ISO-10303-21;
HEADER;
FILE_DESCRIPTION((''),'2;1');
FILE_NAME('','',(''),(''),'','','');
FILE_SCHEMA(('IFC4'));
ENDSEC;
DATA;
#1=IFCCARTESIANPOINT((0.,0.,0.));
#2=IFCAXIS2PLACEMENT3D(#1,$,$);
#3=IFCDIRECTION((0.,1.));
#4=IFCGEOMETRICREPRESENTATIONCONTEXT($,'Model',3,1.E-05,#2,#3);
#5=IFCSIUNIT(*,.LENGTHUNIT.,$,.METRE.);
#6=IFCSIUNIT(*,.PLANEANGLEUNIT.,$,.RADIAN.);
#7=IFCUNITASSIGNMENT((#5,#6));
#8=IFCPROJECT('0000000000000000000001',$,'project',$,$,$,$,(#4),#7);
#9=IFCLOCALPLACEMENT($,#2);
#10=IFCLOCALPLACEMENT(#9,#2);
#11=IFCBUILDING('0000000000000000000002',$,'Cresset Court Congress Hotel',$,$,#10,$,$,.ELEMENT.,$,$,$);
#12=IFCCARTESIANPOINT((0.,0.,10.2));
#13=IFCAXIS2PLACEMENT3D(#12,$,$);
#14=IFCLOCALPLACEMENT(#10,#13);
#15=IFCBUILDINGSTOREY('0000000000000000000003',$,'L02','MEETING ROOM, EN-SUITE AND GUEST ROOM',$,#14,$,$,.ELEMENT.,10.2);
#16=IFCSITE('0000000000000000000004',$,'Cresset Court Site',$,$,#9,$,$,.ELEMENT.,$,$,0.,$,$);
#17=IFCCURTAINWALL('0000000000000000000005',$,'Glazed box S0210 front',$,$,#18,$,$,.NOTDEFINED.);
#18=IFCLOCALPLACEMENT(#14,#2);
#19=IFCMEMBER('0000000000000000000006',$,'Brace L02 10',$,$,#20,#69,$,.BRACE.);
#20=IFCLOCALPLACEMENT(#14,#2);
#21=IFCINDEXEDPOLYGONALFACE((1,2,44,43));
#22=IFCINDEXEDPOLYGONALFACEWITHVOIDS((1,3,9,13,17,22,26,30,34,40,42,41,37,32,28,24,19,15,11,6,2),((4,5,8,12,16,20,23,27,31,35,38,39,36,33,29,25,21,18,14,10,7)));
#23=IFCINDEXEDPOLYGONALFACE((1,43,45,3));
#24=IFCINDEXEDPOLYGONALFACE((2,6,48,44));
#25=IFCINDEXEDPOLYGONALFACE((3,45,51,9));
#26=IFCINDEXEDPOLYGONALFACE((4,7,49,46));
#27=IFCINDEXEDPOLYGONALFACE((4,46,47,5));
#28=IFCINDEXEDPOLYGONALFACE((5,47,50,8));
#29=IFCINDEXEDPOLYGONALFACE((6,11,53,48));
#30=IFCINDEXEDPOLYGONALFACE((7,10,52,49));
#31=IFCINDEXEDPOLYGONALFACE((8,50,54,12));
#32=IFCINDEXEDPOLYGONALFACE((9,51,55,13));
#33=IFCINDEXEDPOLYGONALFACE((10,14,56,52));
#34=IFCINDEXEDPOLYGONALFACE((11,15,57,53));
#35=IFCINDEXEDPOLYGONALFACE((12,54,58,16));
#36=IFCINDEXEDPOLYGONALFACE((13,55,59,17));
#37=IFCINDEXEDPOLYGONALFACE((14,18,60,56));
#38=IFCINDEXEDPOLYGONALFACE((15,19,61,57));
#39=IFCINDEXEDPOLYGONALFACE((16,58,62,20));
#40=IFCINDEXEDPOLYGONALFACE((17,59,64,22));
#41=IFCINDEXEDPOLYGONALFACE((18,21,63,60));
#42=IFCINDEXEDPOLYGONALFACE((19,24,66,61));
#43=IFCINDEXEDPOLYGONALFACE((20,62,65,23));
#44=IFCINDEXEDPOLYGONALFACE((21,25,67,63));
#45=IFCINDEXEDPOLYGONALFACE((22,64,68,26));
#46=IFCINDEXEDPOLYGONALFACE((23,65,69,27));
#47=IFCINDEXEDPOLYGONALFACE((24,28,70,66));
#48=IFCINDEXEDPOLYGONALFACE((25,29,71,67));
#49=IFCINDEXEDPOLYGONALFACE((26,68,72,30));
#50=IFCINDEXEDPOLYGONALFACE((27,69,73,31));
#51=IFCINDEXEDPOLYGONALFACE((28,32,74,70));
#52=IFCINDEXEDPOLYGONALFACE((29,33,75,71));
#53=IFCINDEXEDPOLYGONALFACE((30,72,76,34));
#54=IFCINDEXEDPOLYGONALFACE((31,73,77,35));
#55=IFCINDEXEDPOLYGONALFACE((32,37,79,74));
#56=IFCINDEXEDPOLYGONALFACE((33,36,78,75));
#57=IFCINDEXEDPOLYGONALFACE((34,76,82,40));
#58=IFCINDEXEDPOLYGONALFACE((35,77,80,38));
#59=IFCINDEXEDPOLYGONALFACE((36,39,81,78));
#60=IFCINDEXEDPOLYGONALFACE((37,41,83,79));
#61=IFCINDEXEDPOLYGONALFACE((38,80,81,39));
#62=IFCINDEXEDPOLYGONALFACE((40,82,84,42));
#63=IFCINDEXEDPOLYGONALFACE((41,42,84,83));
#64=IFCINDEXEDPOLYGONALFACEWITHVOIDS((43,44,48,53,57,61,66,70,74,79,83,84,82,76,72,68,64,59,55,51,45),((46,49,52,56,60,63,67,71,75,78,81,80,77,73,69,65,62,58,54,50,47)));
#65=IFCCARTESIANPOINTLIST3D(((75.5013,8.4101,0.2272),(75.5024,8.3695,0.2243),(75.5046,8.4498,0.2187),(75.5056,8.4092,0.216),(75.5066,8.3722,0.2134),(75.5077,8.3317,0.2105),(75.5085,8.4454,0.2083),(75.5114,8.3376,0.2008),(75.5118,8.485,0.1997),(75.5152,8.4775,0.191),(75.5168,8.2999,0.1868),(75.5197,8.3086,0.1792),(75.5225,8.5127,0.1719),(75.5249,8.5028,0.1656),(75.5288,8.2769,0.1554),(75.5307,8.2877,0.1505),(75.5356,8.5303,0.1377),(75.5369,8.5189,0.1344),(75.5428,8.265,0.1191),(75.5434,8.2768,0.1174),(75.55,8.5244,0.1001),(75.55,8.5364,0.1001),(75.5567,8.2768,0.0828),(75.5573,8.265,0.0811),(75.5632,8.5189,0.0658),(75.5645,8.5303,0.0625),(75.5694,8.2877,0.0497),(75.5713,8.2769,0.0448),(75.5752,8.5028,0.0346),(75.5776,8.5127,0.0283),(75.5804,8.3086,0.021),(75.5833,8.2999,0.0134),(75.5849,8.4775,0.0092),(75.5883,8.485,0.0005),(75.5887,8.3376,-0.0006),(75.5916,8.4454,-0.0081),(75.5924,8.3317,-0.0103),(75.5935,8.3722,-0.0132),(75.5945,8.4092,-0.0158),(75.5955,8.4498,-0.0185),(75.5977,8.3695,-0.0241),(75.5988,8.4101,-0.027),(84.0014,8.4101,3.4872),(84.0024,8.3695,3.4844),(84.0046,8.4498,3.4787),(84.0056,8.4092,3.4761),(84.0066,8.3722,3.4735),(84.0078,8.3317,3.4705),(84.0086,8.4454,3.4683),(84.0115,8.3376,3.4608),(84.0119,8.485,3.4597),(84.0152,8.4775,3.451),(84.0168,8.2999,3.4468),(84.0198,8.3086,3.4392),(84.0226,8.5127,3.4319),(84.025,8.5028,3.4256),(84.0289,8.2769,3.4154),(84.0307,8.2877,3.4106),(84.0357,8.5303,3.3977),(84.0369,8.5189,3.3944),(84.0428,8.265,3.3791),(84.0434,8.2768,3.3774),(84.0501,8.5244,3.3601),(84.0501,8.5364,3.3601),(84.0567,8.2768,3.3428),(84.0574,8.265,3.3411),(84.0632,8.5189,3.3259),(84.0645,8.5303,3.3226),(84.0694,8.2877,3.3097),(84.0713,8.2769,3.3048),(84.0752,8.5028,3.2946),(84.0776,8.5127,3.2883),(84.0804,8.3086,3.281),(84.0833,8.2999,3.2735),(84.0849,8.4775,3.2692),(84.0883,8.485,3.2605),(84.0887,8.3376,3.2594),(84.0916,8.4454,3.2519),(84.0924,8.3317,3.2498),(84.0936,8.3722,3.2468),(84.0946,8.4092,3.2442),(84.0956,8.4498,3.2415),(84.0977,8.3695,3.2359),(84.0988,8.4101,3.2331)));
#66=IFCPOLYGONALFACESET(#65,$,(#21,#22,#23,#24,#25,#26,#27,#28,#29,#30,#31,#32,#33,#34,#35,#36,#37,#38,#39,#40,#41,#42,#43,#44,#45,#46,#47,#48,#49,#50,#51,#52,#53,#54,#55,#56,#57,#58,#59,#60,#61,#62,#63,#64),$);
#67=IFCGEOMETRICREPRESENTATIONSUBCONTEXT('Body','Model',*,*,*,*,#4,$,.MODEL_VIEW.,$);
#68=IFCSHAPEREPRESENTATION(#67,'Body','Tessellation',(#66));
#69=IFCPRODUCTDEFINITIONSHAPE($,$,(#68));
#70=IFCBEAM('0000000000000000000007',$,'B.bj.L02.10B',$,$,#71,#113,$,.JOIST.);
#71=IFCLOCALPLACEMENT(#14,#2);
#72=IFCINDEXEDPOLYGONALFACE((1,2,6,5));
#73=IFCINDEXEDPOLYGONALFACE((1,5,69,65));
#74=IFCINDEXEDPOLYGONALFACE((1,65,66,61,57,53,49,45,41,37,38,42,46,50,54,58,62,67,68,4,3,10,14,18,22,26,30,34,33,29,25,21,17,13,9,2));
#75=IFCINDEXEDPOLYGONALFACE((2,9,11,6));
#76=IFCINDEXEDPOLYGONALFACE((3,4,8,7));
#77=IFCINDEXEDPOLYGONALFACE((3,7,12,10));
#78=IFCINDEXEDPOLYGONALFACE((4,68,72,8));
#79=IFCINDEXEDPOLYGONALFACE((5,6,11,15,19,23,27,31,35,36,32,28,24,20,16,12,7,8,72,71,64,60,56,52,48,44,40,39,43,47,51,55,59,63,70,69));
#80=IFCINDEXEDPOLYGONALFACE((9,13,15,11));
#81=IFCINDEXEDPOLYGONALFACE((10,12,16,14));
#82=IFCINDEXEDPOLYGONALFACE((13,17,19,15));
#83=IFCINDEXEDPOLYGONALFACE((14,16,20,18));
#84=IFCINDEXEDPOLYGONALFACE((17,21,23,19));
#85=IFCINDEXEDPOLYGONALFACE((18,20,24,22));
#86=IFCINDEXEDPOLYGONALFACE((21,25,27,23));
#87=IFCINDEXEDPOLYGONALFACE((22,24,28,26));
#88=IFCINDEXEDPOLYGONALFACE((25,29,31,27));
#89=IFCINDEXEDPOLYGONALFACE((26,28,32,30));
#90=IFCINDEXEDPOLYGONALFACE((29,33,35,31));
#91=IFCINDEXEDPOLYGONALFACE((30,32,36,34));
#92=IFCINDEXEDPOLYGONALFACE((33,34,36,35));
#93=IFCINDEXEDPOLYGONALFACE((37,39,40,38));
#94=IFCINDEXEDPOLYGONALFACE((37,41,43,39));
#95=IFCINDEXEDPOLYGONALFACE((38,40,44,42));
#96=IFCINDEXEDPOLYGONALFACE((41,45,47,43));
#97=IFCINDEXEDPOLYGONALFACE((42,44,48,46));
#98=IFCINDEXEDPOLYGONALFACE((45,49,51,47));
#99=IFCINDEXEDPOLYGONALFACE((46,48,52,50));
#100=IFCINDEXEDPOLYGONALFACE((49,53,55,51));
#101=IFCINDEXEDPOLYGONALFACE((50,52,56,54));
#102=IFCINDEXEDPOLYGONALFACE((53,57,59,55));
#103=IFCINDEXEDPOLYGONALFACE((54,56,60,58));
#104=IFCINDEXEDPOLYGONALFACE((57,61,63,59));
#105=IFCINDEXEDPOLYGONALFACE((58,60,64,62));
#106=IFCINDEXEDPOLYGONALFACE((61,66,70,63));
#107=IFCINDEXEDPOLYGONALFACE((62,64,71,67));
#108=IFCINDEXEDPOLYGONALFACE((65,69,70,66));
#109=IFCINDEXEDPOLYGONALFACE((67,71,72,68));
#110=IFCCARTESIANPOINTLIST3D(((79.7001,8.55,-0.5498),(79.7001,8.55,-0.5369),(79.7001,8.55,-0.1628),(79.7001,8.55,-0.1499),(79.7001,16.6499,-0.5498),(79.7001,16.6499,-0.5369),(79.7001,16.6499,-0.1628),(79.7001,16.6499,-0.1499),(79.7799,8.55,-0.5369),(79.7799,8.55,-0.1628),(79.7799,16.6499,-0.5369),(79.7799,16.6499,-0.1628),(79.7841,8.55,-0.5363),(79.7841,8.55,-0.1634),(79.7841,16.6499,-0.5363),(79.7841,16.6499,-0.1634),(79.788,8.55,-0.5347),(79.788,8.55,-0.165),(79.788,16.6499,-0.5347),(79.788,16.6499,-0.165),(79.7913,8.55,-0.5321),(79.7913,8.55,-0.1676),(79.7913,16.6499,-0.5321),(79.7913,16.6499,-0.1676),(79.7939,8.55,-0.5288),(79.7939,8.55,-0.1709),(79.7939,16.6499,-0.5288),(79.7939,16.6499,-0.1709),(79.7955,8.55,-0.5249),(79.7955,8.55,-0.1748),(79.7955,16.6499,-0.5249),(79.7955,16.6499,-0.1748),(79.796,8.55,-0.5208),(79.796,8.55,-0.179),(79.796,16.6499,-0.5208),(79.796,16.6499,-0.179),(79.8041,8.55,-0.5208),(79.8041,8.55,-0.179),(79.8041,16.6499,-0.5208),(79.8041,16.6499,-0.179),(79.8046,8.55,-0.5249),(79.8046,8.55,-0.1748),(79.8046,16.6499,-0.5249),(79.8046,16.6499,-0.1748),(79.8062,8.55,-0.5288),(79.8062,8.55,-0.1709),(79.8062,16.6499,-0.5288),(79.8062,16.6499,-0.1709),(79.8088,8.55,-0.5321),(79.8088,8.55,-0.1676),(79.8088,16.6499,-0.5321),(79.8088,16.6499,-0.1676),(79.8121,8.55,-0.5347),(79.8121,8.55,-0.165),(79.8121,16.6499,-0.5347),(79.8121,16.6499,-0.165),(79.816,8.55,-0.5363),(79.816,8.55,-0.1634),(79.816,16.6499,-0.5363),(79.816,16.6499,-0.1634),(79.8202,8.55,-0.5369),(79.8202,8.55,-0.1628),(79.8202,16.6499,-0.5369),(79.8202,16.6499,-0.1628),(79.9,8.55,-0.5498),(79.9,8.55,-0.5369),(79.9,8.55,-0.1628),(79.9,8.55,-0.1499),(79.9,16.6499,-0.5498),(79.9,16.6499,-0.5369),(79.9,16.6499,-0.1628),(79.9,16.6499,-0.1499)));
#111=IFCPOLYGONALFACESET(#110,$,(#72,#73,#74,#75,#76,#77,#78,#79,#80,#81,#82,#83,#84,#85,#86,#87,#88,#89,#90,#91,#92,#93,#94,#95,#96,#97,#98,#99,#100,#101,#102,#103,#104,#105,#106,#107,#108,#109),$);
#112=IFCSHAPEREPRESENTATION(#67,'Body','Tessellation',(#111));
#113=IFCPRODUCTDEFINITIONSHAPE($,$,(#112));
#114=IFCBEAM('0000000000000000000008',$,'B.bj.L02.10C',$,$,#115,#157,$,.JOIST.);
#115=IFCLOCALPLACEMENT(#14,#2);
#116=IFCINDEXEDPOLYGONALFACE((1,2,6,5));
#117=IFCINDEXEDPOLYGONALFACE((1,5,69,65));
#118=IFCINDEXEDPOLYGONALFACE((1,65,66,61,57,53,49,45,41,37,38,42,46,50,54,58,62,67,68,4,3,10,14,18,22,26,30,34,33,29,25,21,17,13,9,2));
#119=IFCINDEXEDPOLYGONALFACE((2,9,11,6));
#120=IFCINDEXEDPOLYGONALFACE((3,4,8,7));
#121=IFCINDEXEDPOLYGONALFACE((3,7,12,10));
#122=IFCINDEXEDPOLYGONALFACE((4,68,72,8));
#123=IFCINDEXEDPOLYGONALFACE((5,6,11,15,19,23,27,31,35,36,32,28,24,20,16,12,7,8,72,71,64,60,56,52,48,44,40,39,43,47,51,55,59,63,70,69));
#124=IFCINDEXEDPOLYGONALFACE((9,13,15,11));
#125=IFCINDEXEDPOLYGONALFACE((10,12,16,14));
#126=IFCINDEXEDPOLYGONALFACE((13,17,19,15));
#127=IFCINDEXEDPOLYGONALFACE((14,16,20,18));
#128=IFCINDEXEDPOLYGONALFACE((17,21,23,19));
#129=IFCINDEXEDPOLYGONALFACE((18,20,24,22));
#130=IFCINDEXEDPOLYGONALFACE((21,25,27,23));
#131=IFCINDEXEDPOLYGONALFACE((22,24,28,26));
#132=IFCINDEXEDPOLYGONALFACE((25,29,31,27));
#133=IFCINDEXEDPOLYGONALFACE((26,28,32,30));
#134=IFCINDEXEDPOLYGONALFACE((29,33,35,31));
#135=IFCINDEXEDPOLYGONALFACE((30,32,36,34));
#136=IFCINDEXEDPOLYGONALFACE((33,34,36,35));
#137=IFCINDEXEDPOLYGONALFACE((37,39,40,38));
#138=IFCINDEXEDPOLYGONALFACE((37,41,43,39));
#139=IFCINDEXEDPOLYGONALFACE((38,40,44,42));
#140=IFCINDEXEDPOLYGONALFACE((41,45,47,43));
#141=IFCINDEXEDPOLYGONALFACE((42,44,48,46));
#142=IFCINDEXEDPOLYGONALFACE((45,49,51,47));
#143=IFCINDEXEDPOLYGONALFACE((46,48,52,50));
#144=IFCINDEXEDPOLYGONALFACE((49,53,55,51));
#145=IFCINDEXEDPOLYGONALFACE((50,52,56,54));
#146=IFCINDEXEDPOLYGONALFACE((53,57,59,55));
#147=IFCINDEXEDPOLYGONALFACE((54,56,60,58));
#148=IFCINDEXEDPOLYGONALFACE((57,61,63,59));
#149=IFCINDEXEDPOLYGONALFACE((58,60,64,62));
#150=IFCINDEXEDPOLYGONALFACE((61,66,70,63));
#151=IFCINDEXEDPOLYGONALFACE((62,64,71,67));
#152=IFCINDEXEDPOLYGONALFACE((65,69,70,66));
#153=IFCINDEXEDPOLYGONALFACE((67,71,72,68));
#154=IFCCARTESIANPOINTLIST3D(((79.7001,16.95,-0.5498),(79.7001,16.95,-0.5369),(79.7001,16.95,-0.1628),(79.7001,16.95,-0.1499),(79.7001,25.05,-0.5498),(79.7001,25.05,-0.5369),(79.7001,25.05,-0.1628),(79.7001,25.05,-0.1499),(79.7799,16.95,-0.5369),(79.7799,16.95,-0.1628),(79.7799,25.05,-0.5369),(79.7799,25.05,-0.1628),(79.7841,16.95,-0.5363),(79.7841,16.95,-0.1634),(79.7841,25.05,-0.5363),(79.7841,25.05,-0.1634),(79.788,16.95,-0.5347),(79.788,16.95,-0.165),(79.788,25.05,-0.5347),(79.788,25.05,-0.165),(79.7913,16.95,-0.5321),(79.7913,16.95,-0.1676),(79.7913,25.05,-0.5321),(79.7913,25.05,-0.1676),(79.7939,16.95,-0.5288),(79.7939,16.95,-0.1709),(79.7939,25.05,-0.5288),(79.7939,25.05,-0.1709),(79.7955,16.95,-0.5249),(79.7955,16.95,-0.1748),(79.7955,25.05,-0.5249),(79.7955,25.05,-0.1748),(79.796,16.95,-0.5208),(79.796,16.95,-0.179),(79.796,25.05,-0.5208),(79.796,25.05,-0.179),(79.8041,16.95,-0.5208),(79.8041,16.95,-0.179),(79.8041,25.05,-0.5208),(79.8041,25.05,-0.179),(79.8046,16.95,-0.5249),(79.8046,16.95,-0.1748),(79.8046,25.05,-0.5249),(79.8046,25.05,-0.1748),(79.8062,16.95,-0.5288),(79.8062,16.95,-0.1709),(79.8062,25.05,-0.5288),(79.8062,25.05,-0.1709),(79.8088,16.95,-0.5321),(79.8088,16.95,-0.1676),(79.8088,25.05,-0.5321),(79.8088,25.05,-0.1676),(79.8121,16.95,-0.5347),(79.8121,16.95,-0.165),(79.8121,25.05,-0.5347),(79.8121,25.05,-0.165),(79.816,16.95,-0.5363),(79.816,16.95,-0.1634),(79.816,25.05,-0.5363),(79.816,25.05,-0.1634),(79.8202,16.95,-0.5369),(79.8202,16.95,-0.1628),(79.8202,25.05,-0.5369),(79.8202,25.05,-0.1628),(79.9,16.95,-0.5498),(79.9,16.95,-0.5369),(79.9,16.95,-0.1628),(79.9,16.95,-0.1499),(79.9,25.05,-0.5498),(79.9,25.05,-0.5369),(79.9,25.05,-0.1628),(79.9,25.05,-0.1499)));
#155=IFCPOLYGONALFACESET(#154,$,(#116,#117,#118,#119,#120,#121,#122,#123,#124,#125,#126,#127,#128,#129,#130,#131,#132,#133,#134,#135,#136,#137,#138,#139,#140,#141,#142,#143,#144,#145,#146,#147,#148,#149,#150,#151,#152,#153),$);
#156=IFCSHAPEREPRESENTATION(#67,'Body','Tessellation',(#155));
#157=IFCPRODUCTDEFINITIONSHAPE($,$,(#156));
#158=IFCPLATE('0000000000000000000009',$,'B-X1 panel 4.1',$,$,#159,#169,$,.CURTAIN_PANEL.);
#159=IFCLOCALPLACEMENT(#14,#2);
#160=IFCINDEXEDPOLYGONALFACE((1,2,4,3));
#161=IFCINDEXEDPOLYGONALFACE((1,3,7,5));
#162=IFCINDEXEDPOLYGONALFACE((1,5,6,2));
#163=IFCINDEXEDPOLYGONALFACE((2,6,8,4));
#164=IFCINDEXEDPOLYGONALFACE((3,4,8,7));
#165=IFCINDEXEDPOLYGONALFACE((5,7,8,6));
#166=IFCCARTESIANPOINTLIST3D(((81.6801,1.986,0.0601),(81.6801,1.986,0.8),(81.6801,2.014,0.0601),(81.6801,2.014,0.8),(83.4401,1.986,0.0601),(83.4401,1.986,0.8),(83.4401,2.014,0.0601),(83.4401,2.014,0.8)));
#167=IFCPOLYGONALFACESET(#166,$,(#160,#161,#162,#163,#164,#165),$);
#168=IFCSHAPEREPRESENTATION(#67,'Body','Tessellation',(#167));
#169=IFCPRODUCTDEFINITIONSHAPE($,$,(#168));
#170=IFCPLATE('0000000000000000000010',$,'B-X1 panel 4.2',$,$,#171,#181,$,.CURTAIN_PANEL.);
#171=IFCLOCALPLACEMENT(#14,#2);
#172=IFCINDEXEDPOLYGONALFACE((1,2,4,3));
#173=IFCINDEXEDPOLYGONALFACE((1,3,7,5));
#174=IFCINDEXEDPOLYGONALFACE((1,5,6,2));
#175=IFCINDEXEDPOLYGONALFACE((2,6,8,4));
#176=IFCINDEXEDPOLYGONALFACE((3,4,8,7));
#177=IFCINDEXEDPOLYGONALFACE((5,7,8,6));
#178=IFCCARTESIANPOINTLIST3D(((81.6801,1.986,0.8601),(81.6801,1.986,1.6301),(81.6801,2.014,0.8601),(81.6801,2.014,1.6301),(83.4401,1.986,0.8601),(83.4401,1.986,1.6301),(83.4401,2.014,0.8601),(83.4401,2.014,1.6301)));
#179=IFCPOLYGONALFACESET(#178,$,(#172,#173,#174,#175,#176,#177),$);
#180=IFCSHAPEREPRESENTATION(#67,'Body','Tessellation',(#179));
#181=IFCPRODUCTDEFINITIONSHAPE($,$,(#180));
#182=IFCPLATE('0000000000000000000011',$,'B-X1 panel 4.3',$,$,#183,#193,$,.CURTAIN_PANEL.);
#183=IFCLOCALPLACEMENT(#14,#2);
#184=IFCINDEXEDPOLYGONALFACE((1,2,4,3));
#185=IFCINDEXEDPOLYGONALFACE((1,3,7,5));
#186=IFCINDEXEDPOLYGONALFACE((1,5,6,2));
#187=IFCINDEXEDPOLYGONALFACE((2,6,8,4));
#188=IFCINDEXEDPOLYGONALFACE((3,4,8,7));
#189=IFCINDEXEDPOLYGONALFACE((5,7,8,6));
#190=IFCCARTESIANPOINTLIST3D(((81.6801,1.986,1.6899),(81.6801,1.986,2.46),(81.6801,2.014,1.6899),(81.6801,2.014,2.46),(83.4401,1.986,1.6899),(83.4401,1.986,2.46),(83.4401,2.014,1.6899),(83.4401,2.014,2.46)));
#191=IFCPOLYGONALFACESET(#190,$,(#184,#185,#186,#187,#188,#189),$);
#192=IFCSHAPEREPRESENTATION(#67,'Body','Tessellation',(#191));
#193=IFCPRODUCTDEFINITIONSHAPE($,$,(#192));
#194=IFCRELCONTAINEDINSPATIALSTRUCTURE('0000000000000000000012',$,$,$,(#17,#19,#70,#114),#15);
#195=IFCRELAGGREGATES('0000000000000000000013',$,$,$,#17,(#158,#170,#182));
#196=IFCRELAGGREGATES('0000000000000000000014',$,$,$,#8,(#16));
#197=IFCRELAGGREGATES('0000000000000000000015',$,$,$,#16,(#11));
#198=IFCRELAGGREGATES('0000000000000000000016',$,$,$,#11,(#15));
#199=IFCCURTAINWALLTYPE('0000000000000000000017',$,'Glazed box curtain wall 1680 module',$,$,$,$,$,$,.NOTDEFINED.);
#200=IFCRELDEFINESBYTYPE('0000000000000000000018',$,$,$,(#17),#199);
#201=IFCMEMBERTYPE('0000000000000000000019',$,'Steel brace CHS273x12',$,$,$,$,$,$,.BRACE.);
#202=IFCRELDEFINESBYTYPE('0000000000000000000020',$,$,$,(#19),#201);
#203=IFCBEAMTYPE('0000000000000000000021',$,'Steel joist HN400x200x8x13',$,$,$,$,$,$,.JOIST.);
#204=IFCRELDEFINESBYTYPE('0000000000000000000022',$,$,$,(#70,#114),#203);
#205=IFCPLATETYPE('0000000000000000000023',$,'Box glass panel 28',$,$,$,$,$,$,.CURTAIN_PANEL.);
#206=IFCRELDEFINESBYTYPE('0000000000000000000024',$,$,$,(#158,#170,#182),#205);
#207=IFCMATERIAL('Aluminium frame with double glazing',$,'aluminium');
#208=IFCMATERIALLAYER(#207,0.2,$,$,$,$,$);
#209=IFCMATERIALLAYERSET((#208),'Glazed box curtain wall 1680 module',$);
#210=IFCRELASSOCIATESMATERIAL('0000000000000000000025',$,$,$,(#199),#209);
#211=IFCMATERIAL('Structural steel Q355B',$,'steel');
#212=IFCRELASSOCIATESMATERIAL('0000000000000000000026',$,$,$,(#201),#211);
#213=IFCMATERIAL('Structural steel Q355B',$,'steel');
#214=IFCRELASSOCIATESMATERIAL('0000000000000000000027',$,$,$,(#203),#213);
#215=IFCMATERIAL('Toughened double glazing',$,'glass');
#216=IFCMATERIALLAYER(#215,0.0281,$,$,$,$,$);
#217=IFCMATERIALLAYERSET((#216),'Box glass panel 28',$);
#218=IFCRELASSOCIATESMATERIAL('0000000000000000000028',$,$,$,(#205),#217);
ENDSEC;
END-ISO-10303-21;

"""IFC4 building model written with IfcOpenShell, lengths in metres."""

from ifc_helpers import new_model, si_unit, direction, frame, origin, origin_2d, place, context, subcontext, project, spatial, rectangle, hollow_circle, i_section, extrude, material, layer, layer_set, material_profile, profile_set, type_object, element, aggregate, save


model = new_model("IFC4")

# Units and contexts
model_context = context("Model", 3, precision=1e-05, world=origin(), true_north=direction((0.0, 1.0)))
body_context = subcontext(model_context, "Body", "Model", "MODEL_VIEW")
ifc_project = project(units=[si_unit("LENGTHUNIT", "METRE"), si_unit("PLANEANGLEUNIT", "RADIAN")], contexts=[model_context])

# Site, building, storey
site_placement = place(None, origin())
site = spatial("IfcSite", under=ifc_project, at=site_placement, Name="Cresset Court Site", CompositionType="ELEMENT", RefElevation=0.0)
building_placement = place(site_placement, origin())
building = spatial("IfcBuilding", under=site, at=building_placement, Name="Cresset Court Congress Hotel", CompositionType="ELEMENT")
storey_placement = place(building_placement, frame((0.0, 0.0, 10.2)))
storey = spatial("IfcBuildingStorey", under=building, at=storey_placement, Name="L02", Description="MEETING ROOM, EN-SUITE AND GUEST ROOM", CompositionType="ELEMENT", Elevation=10.2)

# Curtain wall
ifc_material_1 = material(Name="Aluminium frame with double glazing", Category="aluminium")
ifc_layer_1 = layer(ifc_material_1, 0.2)
ifc_layer_set_1 = layer_set([ifc_layer_1], Name="Glazed box curtain wall 1680 module")
curtain_wall_type = type_object("IfcCurtainWallType", Name="Glazed box curtain wall 1680 module", PredefinedType="NOTDEFINED", material=ifc_layer_set_1)
curtain_wall_1_placement = place(storey_placement, origin())
curtain_wall_1 = element("IfcCurtainWall", 1, at=curtain_wall_1_placement, inside=storey, type_object=curtain_wall_type, Name="Glazed box S0210 front", PredefinedType="NOTDEFINED")

# Member
ifc_material_2 = material(Name="Structural steel Q355B", Category="steel")
ifc_material_profile_1 = material_profile(ifc_material_2, hollow_circle(Radius=0.1365, WallThickness=0.012, at=origin_2d()), Name="CHS273x12")
ifc_profile_set_1 = profile_set([ifc_material_profile_1], Name="Structural steel Q355B")
member_type_1 = type_object("IfcMemberType", Name="Steel brace CHS273x12", PredefinedType="BRACE", material=ifc_profile_set_1)
member_1_placement = place(storey_placement, frame((75.55, 8.3999, 0.1001), z_axis=(0.933685, 0.0, 0.358097), x_axis=(0.0, 1.0, 0.0)))
element("IfcMember", 2, at=member_1_placement, inside=storey, type_object=member_type_1, Name="Brace L02 10", PredefinedType="BRACE", context=body_context, shape_type="SweptSolid", body=[
    extrude(hollow_circle(Radius=0.1365, WallThickness=0.012, at=origin_2d()), origin(), (0.0, 0.0, 1.0), 9.1038),
])

# Beams
ifc_material_3 = material(Name="Structural steel Q355B", Category="steel")
ifc_material_profile_2 = material_profile(ifc_material_3, i_section(OverallWidth=0.2, OverallDepth=0.3999, WebThickness=0.0081, FlangeThickness=0.0129, FilletRadius=0.0161, at=origin_2d()), Name="HN400x200x8x13")
ifc_profile_set_2 = profile_set([ifc_material_profile_2], Name="Structural steel Q355B")
beam_type_1 = type_object("IfcBeamType", Name="Steel joist HN400x200x8x13", PredefinedType="JOIST", material=ifc_profile_set_2)
beam_1_placement = place(storey_placement, frame((79.8, 8.55, -0.3499), z_axis=(0.0, 1.0, 0.0), x_axis=(-1.0, 0.0, 0.0)))
element("IfcBeam", 3, at=beam_1_placement, inside=storey, type_object=beam_type_1, Name="B.bj.L02.10B", PredefinedType="JOIST", context=body_context, shape_type="SweptSolid", body=[
    extrude(i_section(OverallWidth=0.2, OverallDepth=0.3999, WebThickness=0.0081, FlangeThickness=0.0129, FilletRadius=0.0161, at=origin_2d()), origin(), (0.0, 0.0, 1.0), 8.0999),
])
beam_2_placement = place(storey_placement, frame((79.8, 16.95, -0.3499), z_axis=(0.0, 1.0, 0.0), x_axis=(-1.0, 0.0, 0.0)))
element("IfcBeam", 4, at=beam_2_placement, inside=storey, type_object=beam_type_1, Name="B.bj.L02.10C", PredefinedType="JOIST", context=body_context, shape_type="SweptSolid", body=[
    extrude(i_section(OverallWidth=0.2, OverallDepth=0.3999, WebThickness=0.0081, FlangeThickness=0.0129, FilletRadius=0.0161, at=origin_2d()), origin(), (0.0, 0.0, 1.0), 8.1001),
])

# Plates
ifc_material_4 = material(Name="Toughened double glazing", Category="glass")
ifc_layer_2 = layer(ifc_material_4, 0.0281)
ifc_layer_set_2 = layer_set([ifc_layer_2], Name="Box glass panel 28")
plate_type_1 = type_object("IfcPlateType", Name="Box glass panel 28", PredefinedType="CURTAIN_PANEL", material=ifc_layer_set_2)
plate_1_placement = place(storey_placement, frame((82.5601, 2.0, 0.0601), z_axis=(0.0, 0.0, 1.0), x_axis=(1.0, 0.0, 0.0)))
plate_1 = element("IfcPlate", 5, at=plate_1_placement, type_object=plate_type_1, Name="B-X1 panel 4.1", PredefinedType="CURTAIN_PANEL", context=body_context, shape_type="SweptSolid", body=[
    extrude(rectangle(XDim=1.76, YDim=0.0281, at=origin_2d()), origin(), (0.0, 0.0, 1.0), 0.74),
])
plate_2_placement = place(storey_placement, frame((82.5601, 2.0, 0.8601), z_axis=(0.0, 0.0, 1.0), x_axis=(1.0, 0.0, 0.0)))
plate_2 = element("IfcPlate", 6, at=plate_2_placement, type_object=plate_type_1, Name="B-X1 panel 4.2", PredefinedType="CURTAIN_PANEL", context=body_context, shape_type="SweptSolid", body=[
    extrude(rectangle(XDim=1.76, YDim=0.0281, at=origin_2d()), origin(), (0.0, 0.0, 1.0), 0.77),
])
plate_3_placement = place(storey_placement, frame((82.5601, 2.0, 1.6899), z_axis=(0.0, 0.0, 1.0), x_axis=(1.0, 0.0, 0.0)))
plate_3 = element("IfcPlate", 7, at=plate_3_placement, type_object=plate_type_1, Name="B-X1 panel 4.3", PredefinedType="CURTAIN_PANEL", context=body_context, shape_type="SweptSolid", body=[
    extrude(rectangle(XDim=1.76, YDim=0.0281, at=origin_2d()), origin(), (0.0, 0.0, 1.0), 0.77),
])
aggregate(curtain_wall_1, [plate_1, plate_2, plate_3])

save(model, "model.ifc")
